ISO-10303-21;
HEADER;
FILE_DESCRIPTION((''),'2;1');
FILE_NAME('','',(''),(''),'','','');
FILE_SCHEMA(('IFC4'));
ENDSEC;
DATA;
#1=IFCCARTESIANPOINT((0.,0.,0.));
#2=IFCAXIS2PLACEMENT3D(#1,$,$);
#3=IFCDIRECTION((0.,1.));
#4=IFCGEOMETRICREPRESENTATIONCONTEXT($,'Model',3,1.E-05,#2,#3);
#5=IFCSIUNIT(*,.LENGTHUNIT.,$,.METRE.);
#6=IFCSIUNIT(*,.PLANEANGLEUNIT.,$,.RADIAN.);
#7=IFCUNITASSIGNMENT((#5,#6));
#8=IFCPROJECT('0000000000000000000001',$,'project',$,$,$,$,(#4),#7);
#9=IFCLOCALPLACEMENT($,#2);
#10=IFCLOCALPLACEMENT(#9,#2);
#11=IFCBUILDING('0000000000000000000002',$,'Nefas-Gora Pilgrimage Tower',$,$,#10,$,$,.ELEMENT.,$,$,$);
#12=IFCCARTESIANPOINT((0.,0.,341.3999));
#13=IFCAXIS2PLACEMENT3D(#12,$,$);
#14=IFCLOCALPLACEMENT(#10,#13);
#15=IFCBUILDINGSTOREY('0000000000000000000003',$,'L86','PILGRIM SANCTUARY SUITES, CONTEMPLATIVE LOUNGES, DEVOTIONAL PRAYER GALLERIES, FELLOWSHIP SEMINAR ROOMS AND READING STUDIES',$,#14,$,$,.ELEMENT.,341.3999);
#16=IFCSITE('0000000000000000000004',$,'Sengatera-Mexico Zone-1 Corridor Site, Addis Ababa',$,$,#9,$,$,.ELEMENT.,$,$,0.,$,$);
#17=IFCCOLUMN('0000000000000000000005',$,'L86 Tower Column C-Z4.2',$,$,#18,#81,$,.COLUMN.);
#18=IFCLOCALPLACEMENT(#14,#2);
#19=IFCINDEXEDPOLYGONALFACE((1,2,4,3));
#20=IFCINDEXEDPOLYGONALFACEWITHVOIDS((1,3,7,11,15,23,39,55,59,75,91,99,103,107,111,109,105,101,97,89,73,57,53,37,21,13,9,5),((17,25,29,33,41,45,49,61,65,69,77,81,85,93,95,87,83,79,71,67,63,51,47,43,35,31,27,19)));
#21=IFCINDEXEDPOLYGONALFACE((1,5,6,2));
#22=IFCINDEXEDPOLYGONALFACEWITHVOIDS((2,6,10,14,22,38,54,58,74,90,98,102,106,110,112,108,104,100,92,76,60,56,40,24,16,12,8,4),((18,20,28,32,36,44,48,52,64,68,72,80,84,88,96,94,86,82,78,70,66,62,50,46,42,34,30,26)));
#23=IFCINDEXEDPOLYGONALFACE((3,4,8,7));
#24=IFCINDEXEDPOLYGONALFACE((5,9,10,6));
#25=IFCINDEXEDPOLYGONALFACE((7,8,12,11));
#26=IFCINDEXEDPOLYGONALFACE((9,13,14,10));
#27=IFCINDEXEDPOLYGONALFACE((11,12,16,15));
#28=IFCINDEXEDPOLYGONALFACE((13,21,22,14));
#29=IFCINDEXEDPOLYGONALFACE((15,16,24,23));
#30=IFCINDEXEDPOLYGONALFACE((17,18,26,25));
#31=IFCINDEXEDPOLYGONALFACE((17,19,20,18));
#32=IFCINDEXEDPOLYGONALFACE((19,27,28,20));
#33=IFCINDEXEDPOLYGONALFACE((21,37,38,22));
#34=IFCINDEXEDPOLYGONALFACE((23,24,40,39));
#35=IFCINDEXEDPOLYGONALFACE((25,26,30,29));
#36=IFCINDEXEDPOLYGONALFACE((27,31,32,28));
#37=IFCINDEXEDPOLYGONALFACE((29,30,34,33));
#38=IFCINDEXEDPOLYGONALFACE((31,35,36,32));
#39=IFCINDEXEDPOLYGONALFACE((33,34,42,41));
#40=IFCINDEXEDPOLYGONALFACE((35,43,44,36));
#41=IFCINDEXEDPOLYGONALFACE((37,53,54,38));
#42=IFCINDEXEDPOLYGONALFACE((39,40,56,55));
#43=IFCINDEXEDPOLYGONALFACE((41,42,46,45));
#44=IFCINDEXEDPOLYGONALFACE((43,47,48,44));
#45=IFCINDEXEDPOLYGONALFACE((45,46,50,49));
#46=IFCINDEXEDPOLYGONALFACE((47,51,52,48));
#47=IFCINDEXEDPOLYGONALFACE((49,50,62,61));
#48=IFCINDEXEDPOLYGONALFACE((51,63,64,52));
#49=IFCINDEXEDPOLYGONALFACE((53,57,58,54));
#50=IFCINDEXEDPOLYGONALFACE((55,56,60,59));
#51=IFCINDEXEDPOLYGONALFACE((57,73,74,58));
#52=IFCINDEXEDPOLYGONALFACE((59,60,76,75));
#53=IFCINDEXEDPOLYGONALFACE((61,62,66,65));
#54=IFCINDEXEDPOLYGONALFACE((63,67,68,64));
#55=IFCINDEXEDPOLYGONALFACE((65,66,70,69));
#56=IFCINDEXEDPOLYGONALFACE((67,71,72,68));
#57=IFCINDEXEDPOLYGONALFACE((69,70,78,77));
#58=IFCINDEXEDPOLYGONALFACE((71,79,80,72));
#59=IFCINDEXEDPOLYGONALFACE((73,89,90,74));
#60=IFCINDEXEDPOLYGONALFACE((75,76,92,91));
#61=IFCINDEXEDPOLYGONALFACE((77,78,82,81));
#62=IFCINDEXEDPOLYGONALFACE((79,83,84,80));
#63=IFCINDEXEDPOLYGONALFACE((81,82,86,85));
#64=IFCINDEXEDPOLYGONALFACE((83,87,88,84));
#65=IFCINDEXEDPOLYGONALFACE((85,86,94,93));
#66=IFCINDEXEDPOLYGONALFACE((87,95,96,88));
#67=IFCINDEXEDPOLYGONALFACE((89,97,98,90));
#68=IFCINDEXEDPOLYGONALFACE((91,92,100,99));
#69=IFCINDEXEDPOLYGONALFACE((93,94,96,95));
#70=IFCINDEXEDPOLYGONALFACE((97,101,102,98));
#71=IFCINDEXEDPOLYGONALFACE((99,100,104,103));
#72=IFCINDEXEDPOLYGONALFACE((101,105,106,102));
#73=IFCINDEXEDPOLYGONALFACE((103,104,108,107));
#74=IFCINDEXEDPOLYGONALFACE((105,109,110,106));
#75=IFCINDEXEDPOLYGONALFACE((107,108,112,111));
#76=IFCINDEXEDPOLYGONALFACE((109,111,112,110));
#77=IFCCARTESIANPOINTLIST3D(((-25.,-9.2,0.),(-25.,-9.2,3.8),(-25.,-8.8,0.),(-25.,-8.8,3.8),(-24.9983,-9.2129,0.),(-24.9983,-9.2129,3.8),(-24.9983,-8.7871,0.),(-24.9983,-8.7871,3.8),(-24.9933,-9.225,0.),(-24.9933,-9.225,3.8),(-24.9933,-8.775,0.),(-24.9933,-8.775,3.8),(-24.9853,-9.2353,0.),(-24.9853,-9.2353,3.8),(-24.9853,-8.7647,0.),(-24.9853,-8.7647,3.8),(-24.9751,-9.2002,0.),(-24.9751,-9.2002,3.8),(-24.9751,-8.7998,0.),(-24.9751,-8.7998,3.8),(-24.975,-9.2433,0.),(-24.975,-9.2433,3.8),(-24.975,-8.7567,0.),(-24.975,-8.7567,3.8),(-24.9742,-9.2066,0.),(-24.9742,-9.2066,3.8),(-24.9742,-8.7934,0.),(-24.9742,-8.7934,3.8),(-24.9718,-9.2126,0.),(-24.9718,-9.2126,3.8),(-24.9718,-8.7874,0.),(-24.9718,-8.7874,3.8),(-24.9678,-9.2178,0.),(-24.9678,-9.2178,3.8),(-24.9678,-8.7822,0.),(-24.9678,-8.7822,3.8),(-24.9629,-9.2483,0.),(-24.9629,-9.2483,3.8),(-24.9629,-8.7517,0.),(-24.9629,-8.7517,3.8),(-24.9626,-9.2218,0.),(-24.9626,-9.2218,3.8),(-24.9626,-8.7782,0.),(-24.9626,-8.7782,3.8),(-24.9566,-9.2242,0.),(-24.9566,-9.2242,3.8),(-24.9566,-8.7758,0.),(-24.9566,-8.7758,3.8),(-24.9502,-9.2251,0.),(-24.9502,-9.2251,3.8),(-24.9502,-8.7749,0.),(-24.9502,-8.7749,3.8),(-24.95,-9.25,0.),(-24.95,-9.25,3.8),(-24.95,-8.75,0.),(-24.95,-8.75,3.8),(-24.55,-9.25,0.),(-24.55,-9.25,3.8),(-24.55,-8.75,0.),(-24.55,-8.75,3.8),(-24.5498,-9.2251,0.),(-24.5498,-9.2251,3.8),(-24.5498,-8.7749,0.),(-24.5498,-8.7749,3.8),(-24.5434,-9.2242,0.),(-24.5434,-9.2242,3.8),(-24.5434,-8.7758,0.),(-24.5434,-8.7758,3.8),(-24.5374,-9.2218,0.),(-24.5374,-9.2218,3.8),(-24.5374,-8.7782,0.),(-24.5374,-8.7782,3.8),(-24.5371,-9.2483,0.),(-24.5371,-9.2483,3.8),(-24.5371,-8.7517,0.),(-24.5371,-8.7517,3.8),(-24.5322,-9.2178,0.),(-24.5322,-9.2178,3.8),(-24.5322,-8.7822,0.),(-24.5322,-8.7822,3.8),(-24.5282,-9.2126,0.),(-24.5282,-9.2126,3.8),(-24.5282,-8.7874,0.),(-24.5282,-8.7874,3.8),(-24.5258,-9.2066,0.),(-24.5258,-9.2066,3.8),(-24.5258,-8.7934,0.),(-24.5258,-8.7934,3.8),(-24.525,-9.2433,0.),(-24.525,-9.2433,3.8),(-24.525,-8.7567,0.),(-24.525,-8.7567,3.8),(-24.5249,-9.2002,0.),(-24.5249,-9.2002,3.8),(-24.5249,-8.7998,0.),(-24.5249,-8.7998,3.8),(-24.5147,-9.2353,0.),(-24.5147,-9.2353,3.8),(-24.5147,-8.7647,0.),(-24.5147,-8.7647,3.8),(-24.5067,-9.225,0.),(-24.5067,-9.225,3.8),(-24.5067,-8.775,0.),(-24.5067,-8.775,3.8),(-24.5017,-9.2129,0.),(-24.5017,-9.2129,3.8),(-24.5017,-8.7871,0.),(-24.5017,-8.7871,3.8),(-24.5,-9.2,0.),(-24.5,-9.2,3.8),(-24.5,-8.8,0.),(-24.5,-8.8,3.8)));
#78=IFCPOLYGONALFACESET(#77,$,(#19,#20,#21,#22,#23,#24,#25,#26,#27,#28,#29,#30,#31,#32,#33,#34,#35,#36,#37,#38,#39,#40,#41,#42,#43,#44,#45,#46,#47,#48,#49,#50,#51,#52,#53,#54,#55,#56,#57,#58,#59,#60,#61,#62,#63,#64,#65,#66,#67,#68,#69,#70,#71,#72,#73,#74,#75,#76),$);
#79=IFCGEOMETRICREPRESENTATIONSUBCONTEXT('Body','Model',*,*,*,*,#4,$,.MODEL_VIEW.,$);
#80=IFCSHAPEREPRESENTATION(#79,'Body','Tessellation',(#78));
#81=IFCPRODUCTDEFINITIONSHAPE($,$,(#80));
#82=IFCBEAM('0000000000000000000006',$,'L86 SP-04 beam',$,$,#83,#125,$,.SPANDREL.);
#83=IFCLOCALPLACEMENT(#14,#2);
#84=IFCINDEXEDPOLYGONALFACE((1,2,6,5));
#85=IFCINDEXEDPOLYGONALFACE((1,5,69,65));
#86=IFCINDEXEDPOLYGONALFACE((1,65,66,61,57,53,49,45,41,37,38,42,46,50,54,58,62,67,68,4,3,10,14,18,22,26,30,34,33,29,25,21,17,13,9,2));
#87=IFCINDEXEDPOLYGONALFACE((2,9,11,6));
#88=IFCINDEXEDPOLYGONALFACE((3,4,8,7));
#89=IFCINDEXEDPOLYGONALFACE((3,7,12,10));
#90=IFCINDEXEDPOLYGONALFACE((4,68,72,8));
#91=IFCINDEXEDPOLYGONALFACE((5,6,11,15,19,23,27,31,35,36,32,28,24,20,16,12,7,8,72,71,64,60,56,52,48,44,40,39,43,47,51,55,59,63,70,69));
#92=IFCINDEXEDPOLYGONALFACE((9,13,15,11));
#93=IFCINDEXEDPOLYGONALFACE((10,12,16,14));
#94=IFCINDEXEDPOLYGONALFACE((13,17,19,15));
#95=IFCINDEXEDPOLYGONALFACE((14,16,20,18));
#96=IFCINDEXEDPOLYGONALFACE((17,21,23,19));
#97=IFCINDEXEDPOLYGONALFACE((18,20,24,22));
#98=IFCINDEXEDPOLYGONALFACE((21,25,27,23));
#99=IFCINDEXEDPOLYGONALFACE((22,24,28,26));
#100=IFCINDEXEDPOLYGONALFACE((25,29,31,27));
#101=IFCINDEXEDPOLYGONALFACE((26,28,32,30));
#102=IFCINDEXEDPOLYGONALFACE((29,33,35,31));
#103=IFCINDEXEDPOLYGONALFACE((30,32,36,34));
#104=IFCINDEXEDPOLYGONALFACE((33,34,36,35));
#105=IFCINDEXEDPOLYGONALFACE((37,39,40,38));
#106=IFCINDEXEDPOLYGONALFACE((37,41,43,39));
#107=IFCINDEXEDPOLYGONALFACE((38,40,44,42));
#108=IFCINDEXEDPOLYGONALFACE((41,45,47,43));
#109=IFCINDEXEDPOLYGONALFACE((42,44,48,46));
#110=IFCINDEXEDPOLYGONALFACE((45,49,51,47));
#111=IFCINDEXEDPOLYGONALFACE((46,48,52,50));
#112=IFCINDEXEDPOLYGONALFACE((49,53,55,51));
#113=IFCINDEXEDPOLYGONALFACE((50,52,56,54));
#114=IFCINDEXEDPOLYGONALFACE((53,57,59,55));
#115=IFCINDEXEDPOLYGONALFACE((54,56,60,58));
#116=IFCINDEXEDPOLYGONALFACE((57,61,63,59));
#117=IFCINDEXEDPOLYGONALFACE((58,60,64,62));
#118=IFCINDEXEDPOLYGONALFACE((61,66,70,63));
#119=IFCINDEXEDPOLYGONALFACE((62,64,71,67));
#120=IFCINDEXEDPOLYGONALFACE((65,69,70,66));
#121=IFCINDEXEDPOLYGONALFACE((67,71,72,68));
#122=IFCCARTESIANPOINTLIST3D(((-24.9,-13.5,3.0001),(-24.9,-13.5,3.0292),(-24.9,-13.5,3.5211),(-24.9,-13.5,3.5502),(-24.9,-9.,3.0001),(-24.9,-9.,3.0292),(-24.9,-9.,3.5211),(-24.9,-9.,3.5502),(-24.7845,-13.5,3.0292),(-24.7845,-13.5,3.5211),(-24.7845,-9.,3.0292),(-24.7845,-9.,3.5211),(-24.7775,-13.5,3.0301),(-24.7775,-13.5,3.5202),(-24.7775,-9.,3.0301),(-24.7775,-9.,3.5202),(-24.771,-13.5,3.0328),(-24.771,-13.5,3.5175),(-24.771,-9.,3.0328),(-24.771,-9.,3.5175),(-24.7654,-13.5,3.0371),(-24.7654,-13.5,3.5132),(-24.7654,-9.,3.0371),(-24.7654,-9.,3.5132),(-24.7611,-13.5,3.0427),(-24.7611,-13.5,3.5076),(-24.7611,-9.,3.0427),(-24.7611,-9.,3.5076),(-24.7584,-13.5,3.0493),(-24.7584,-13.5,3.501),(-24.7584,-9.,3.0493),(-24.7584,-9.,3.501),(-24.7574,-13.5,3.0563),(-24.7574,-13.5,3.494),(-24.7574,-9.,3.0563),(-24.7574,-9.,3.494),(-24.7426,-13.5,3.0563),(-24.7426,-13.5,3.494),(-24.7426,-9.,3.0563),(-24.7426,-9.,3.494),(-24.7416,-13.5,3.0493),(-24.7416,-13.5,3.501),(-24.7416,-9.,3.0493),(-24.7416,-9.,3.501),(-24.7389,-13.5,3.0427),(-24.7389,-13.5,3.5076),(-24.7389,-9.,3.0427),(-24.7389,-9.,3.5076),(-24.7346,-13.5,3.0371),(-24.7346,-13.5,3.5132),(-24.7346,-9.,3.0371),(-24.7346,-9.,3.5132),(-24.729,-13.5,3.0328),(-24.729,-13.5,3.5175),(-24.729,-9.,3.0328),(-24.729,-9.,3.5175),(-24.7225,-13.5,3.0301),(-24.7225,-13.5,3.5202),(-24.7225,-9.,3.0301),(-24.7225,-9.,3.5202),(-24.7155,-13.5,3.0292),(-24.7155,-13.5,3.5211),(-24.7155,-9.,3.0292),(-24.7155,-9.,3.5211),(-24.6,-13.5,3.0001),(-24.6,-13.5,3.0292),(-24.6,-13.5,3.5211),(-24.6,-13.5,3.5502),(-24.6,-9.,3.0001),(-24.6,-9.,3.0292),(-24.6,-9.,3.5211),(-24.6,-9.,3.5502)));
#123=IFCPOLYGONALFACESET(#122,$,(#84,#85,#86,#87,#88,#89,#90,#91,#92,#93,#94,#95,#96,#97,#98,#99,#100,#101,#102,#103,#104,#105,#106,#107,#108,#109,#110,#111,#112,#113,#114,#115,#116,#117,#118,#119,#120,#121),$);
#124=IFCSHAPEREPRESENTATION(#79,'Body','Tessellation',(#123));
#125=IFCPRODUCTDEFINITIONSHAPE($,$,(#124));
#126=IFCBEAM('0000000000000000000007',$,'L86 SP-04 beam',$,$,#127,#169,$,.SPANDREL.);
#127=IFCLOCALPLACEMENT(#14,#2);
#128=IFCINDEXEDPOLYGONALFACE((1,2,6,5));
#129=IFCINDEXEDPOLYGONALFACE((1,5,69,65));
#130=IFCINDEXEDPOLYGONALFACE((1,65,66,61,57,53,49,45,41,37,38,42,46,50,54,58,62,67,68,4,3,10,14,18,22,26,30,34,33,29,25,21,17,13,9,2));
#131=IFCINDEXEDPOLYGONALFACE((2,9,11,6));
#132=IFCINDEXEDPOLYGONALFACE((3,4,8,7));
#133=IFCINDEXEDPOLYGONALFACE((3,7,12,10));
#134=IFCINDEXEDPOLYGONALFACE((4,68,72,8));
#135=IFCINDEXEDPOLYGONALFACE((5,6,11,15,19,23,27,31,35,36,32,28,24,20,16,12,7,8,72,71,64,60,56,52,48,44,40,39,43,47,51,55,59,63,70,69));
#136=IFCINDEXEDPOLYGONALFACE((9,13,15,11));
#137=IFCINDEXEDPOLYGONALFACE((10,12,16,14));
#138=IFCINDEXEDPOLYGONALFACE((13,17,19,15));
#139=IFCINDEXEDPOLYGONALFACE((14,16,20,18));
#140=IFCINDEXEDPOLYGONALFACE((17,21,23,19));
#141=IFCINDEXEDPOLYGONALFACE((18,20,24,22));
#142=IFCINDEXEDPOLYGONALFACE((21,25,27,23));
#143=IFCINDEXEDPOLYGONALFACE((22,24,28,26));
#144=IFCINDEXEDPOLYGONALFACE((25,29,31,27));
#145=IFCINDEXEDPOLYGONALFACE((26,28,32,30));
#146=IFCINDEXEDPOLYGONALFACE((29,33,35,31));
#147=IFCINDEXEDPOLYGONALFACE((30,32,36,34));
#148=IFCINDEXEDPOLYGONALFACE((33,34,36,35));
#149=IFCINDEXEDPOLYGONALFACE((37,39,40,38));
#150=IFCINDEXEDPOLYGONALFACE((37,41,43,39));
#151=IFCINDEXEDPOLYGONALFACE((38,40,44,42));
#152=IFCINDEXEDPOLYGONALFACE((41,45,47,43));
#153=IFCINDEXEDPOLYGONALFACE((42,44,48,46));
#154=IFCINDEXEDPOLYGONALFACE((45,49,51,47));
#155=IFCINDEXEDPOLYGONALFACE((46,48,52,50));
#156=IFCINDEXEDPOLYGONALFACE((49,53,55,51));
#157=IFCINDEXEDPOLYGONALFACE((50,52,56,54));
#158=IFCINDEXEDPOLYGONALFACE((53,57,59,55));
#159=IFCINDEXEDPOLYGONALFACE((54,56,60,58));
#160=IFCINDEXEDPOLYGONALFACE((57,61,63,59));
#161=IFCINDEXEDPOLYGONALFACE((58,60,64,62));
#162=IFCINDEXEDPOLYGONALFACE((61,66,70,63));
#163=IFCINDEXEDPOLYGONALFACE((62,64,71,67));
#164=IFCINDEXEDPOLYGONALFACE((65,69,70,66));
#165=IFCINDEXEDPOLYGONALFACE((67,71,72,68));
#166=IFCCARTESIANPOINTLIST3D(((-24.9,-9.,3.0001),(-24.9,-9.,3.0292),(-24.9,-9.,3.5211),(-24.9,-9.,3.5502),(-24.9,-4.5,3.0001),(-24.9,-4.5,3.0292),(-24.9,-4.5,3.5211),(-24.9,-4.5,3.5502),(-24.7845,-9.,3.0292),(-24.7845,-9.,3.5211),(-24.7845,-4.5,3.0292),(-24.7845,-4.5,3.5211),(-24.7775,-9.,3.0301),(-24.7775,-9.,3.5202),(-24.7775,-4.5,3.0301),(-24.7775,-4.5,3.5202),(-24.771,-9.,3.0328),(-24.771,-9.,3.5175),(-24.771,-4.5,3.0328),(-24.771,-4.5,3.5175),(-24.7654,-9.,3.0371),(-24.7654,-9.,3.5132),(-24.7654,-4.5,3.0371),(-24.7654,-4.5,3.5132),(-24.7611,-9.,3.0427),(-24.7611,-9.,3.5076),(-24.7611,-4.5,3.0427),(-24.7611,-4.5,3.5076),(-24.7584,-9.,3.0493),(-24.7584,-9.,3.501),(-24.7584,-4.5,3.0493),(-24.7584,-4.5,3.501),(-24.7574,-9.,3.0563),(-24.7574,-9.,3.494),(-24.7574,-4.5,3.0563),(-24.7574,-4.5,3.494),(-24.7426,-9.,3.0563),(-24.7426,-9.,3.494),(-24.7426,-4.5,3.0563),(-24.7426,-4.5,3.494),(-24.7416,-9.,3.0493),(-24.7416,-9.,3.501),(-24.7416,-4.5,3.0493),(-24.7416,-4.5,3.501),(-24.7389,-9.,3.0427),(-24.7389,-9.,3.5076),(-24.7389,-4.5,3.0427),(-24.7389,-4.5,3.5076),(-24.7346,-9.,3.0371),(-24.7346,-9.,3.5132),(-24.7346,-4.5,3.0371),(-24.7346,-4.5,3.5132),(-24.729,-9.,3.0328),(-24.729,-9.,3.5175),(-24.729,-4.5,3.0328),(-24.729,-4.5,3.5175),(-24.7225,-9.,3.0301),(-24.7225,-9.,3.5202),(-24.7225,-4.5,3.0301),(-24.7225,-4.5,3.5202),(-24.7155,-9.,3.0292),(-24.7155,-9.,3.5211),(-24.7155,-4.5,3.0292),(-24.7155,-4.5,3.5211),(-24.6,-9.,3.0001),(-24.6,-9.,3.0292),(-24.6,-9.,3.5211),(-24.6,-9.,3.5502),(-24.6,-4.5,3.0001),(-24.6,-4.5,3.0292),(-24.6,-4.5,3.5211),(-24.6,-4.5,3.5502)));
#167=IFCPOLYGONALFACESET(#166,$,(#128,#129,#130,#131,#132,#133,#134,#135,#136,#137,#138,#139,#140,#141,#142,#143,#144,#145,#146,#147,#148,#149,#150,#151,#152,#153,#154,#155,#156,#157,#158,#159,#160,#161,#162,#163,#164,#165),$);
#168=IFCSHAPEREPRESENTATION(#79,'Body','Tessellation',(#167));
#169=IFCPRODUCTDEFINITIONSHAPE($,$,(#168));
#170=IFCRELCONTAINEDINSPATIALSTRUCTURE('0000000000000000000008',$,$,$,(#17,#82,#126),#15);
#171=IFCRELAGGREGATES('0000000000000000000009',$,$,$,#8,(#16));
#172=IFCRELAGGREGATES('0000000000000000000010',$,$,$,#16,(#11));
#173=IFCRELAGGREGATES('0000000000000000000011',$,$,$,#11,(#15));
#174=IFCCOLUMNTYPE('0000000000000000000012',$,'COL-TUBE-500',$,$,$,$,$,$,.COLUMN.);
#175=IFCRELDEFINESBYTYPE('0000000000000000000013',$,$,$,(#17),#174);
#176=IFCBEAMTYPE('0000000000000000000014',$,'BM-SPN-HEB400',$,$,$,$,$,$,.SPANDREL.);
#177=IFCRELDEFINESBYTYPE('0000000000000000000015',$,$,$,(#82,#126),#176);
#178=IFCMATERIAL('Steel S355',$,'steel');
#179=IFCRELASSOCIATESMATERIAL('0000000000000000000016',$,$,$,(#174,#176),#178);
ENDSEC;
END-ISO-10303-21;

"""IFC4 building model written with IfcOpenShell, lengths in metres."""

from ifc_helpers import new_model, si_unit, direction, frame, origin, origin_2d, place, context, subcontext, project, spatial, hollow_rectangle, i_section, extrude, source, transform, mapped, material, material_profile, profile_set, type_object, element, save


model = new_model("IFC4")

# Units and contexts
model_context = context("Model", 3, precision=1e-05, world=origin(), true_north=direction((0.0, 1.0)))
body_context = subcontext(model_context, "Body", "Model", "MODEL_VIEW")
ifc_project = project(units=[si_unit("LENGTHUNIT", "METRE"), si_unit("PLANEANGLEUNIT", "RADIAN")], contexts=[model_context])

# Site, building, storey
site_placement = place(None, origin())
site = spatial("IfcSite", under=ifc_project, at=site_placement, Name="Sengatera-Mexico Zone-1 Corridor Site, Addis Ababa", CompositionType="ELEMENT", RefElevation=0.0)
building_placement = place(site_placement, origin())
building = spatial("IfcBuilding", under=site, at=building_placement, Name="Nefas-Gora Pilgrimage Tower", CompositionType="ELEMENT")
storey_placement = place(building_placement, frame((0.0, 0.0, 341.3999)))
storey = spatial("IfcBuildingStorey", under=building, at=storey_placement, Name="L86", Description="PILGRIM SANCTUARY SUITES, CONTEMPLATIVE LOUNGES, DEVOTIONAL PRAYER GALLERIES, FELLOWSHIP SEMINAR ROOMS AND READING STUDIES", CompositionType="ELEMENT", Elevation=341.3999)

# Column
ifc_material_1 = material(Name="Steel S355", Category="steel")
ifc_material_profile_1 = material_profile(ifc_material_1, hollow_rectangle(XDim=0.5, YDim=0.5, WallThickness=0.0249, InnerFilletRadius=0.0249, OuterFilletRadius=0.05, at=origin_2d()), Name="SHS 500x500x25")
ifc_profile_set_1 = profile_set([ifc_material_profile_1], Name="Steel S355")
column_type_1 = type_object("IfcColumnType", Name="COL-TUBE-500", PredefinedType="COLUMN", material=ifc_profile_set_1)
shared_shape_1 = source(origin(), body_context, "Body", "SweptSolid", [
    extrude(hollow_rectangle(XDim=0.5, YDim=0.5, WallThickness=0.0249, InnerFilletRadius=0.0249, OuterFilletRadius=0.05, at=origin_2d()), origin(), (0.0, 0.0, 1.0), 3.8),
])
for number, where, z_axis, x_axis, name in (
    (1, (-24.75, -9.0, 0.0), (0.0, 0.0, 1.0), (1.0, 0.0, 0.0), "L86 Tower Column C-Z4.2"),
):
    element("IfcColumn", number, at=place(storey_placement, frame(where, z_axis=z_axis, x_axis=x_axis)), inside=storey, type_object=column_type_1, Name=name, PredefinedType="COLUMN", context=body_context, shape_type="MappedRepresentation", body=[
        mapped(shared_shape_1, transform((0.0, 0.0, 0.0), x_axis=(1.0, 0.0, 0.0), y_axis=(0.0, 1.0, 0.0), z_axis=(0.0, 0.0, 1.0), scale=1.0)),
    ])

# Beams
ifc_material_profile_2 = material_profile(ifc_material_1, i_section(OverallWidth=0.3, OverallDepth=0.55, WebThickness=0.0149, FlangeThickness=0.0291, FilletRadius=0.0271, at=origin_2d()), Name="HEB 550")
ifc_profile_set_2 = profile_set([ifc_material_profile_2], Name="Steel S355")
beam_type_1 = type_object("IfcBeamType", Name="BM-SPN-HEB400", PredefinedType="SPANDREL", material=ifc_profile_set_2)
shared_shape_2 = source(origin(), body_context, "Body", "SweptSolid", [
    extrude(i_section(OverallWidth=0.3, OverallDepth=0.55, WebThickness=0.0149, FlangeThickness=0.0291, FilletRadius=0.0271, at=origin_2d()), origin(), (0.0, 0.0, 1.0), 4.5),
])
for number, where, z_axis, x_axis, name in (
    (2, (-24.75, -13.5, 3.2751), (0.0, 1.0, 0.0), (-1.0, 0.0, 0.0), "L86 SP-04 beam"),
    (3, (-24.75, -9.0, 3.2751), (0.0, 1.0, 0.0), (-1.0, 0.0, 0.0), "L86 SP-04 beam"),
):
    element("IfcBeam", number, at=place(storey_placement, frame(where, z_axis=z_axis, x_axis=x_axis)), inside=storey, type_object=beam_type_1, Name=name, PredefinedType="SPANDREL", context=body_context, shape_type="MappedRepresentation", body=[
        mapped(shared_shape_2, transform((0.0, 0.0, 0.0), x_axis=(1.0, 0.0, 0.0), y_axis=(0.0, 1.0, 0.0), z_axis=(0.0, 0.0, 1.0), scale=1.0)),
    ])

save(model, "model.ifc")
